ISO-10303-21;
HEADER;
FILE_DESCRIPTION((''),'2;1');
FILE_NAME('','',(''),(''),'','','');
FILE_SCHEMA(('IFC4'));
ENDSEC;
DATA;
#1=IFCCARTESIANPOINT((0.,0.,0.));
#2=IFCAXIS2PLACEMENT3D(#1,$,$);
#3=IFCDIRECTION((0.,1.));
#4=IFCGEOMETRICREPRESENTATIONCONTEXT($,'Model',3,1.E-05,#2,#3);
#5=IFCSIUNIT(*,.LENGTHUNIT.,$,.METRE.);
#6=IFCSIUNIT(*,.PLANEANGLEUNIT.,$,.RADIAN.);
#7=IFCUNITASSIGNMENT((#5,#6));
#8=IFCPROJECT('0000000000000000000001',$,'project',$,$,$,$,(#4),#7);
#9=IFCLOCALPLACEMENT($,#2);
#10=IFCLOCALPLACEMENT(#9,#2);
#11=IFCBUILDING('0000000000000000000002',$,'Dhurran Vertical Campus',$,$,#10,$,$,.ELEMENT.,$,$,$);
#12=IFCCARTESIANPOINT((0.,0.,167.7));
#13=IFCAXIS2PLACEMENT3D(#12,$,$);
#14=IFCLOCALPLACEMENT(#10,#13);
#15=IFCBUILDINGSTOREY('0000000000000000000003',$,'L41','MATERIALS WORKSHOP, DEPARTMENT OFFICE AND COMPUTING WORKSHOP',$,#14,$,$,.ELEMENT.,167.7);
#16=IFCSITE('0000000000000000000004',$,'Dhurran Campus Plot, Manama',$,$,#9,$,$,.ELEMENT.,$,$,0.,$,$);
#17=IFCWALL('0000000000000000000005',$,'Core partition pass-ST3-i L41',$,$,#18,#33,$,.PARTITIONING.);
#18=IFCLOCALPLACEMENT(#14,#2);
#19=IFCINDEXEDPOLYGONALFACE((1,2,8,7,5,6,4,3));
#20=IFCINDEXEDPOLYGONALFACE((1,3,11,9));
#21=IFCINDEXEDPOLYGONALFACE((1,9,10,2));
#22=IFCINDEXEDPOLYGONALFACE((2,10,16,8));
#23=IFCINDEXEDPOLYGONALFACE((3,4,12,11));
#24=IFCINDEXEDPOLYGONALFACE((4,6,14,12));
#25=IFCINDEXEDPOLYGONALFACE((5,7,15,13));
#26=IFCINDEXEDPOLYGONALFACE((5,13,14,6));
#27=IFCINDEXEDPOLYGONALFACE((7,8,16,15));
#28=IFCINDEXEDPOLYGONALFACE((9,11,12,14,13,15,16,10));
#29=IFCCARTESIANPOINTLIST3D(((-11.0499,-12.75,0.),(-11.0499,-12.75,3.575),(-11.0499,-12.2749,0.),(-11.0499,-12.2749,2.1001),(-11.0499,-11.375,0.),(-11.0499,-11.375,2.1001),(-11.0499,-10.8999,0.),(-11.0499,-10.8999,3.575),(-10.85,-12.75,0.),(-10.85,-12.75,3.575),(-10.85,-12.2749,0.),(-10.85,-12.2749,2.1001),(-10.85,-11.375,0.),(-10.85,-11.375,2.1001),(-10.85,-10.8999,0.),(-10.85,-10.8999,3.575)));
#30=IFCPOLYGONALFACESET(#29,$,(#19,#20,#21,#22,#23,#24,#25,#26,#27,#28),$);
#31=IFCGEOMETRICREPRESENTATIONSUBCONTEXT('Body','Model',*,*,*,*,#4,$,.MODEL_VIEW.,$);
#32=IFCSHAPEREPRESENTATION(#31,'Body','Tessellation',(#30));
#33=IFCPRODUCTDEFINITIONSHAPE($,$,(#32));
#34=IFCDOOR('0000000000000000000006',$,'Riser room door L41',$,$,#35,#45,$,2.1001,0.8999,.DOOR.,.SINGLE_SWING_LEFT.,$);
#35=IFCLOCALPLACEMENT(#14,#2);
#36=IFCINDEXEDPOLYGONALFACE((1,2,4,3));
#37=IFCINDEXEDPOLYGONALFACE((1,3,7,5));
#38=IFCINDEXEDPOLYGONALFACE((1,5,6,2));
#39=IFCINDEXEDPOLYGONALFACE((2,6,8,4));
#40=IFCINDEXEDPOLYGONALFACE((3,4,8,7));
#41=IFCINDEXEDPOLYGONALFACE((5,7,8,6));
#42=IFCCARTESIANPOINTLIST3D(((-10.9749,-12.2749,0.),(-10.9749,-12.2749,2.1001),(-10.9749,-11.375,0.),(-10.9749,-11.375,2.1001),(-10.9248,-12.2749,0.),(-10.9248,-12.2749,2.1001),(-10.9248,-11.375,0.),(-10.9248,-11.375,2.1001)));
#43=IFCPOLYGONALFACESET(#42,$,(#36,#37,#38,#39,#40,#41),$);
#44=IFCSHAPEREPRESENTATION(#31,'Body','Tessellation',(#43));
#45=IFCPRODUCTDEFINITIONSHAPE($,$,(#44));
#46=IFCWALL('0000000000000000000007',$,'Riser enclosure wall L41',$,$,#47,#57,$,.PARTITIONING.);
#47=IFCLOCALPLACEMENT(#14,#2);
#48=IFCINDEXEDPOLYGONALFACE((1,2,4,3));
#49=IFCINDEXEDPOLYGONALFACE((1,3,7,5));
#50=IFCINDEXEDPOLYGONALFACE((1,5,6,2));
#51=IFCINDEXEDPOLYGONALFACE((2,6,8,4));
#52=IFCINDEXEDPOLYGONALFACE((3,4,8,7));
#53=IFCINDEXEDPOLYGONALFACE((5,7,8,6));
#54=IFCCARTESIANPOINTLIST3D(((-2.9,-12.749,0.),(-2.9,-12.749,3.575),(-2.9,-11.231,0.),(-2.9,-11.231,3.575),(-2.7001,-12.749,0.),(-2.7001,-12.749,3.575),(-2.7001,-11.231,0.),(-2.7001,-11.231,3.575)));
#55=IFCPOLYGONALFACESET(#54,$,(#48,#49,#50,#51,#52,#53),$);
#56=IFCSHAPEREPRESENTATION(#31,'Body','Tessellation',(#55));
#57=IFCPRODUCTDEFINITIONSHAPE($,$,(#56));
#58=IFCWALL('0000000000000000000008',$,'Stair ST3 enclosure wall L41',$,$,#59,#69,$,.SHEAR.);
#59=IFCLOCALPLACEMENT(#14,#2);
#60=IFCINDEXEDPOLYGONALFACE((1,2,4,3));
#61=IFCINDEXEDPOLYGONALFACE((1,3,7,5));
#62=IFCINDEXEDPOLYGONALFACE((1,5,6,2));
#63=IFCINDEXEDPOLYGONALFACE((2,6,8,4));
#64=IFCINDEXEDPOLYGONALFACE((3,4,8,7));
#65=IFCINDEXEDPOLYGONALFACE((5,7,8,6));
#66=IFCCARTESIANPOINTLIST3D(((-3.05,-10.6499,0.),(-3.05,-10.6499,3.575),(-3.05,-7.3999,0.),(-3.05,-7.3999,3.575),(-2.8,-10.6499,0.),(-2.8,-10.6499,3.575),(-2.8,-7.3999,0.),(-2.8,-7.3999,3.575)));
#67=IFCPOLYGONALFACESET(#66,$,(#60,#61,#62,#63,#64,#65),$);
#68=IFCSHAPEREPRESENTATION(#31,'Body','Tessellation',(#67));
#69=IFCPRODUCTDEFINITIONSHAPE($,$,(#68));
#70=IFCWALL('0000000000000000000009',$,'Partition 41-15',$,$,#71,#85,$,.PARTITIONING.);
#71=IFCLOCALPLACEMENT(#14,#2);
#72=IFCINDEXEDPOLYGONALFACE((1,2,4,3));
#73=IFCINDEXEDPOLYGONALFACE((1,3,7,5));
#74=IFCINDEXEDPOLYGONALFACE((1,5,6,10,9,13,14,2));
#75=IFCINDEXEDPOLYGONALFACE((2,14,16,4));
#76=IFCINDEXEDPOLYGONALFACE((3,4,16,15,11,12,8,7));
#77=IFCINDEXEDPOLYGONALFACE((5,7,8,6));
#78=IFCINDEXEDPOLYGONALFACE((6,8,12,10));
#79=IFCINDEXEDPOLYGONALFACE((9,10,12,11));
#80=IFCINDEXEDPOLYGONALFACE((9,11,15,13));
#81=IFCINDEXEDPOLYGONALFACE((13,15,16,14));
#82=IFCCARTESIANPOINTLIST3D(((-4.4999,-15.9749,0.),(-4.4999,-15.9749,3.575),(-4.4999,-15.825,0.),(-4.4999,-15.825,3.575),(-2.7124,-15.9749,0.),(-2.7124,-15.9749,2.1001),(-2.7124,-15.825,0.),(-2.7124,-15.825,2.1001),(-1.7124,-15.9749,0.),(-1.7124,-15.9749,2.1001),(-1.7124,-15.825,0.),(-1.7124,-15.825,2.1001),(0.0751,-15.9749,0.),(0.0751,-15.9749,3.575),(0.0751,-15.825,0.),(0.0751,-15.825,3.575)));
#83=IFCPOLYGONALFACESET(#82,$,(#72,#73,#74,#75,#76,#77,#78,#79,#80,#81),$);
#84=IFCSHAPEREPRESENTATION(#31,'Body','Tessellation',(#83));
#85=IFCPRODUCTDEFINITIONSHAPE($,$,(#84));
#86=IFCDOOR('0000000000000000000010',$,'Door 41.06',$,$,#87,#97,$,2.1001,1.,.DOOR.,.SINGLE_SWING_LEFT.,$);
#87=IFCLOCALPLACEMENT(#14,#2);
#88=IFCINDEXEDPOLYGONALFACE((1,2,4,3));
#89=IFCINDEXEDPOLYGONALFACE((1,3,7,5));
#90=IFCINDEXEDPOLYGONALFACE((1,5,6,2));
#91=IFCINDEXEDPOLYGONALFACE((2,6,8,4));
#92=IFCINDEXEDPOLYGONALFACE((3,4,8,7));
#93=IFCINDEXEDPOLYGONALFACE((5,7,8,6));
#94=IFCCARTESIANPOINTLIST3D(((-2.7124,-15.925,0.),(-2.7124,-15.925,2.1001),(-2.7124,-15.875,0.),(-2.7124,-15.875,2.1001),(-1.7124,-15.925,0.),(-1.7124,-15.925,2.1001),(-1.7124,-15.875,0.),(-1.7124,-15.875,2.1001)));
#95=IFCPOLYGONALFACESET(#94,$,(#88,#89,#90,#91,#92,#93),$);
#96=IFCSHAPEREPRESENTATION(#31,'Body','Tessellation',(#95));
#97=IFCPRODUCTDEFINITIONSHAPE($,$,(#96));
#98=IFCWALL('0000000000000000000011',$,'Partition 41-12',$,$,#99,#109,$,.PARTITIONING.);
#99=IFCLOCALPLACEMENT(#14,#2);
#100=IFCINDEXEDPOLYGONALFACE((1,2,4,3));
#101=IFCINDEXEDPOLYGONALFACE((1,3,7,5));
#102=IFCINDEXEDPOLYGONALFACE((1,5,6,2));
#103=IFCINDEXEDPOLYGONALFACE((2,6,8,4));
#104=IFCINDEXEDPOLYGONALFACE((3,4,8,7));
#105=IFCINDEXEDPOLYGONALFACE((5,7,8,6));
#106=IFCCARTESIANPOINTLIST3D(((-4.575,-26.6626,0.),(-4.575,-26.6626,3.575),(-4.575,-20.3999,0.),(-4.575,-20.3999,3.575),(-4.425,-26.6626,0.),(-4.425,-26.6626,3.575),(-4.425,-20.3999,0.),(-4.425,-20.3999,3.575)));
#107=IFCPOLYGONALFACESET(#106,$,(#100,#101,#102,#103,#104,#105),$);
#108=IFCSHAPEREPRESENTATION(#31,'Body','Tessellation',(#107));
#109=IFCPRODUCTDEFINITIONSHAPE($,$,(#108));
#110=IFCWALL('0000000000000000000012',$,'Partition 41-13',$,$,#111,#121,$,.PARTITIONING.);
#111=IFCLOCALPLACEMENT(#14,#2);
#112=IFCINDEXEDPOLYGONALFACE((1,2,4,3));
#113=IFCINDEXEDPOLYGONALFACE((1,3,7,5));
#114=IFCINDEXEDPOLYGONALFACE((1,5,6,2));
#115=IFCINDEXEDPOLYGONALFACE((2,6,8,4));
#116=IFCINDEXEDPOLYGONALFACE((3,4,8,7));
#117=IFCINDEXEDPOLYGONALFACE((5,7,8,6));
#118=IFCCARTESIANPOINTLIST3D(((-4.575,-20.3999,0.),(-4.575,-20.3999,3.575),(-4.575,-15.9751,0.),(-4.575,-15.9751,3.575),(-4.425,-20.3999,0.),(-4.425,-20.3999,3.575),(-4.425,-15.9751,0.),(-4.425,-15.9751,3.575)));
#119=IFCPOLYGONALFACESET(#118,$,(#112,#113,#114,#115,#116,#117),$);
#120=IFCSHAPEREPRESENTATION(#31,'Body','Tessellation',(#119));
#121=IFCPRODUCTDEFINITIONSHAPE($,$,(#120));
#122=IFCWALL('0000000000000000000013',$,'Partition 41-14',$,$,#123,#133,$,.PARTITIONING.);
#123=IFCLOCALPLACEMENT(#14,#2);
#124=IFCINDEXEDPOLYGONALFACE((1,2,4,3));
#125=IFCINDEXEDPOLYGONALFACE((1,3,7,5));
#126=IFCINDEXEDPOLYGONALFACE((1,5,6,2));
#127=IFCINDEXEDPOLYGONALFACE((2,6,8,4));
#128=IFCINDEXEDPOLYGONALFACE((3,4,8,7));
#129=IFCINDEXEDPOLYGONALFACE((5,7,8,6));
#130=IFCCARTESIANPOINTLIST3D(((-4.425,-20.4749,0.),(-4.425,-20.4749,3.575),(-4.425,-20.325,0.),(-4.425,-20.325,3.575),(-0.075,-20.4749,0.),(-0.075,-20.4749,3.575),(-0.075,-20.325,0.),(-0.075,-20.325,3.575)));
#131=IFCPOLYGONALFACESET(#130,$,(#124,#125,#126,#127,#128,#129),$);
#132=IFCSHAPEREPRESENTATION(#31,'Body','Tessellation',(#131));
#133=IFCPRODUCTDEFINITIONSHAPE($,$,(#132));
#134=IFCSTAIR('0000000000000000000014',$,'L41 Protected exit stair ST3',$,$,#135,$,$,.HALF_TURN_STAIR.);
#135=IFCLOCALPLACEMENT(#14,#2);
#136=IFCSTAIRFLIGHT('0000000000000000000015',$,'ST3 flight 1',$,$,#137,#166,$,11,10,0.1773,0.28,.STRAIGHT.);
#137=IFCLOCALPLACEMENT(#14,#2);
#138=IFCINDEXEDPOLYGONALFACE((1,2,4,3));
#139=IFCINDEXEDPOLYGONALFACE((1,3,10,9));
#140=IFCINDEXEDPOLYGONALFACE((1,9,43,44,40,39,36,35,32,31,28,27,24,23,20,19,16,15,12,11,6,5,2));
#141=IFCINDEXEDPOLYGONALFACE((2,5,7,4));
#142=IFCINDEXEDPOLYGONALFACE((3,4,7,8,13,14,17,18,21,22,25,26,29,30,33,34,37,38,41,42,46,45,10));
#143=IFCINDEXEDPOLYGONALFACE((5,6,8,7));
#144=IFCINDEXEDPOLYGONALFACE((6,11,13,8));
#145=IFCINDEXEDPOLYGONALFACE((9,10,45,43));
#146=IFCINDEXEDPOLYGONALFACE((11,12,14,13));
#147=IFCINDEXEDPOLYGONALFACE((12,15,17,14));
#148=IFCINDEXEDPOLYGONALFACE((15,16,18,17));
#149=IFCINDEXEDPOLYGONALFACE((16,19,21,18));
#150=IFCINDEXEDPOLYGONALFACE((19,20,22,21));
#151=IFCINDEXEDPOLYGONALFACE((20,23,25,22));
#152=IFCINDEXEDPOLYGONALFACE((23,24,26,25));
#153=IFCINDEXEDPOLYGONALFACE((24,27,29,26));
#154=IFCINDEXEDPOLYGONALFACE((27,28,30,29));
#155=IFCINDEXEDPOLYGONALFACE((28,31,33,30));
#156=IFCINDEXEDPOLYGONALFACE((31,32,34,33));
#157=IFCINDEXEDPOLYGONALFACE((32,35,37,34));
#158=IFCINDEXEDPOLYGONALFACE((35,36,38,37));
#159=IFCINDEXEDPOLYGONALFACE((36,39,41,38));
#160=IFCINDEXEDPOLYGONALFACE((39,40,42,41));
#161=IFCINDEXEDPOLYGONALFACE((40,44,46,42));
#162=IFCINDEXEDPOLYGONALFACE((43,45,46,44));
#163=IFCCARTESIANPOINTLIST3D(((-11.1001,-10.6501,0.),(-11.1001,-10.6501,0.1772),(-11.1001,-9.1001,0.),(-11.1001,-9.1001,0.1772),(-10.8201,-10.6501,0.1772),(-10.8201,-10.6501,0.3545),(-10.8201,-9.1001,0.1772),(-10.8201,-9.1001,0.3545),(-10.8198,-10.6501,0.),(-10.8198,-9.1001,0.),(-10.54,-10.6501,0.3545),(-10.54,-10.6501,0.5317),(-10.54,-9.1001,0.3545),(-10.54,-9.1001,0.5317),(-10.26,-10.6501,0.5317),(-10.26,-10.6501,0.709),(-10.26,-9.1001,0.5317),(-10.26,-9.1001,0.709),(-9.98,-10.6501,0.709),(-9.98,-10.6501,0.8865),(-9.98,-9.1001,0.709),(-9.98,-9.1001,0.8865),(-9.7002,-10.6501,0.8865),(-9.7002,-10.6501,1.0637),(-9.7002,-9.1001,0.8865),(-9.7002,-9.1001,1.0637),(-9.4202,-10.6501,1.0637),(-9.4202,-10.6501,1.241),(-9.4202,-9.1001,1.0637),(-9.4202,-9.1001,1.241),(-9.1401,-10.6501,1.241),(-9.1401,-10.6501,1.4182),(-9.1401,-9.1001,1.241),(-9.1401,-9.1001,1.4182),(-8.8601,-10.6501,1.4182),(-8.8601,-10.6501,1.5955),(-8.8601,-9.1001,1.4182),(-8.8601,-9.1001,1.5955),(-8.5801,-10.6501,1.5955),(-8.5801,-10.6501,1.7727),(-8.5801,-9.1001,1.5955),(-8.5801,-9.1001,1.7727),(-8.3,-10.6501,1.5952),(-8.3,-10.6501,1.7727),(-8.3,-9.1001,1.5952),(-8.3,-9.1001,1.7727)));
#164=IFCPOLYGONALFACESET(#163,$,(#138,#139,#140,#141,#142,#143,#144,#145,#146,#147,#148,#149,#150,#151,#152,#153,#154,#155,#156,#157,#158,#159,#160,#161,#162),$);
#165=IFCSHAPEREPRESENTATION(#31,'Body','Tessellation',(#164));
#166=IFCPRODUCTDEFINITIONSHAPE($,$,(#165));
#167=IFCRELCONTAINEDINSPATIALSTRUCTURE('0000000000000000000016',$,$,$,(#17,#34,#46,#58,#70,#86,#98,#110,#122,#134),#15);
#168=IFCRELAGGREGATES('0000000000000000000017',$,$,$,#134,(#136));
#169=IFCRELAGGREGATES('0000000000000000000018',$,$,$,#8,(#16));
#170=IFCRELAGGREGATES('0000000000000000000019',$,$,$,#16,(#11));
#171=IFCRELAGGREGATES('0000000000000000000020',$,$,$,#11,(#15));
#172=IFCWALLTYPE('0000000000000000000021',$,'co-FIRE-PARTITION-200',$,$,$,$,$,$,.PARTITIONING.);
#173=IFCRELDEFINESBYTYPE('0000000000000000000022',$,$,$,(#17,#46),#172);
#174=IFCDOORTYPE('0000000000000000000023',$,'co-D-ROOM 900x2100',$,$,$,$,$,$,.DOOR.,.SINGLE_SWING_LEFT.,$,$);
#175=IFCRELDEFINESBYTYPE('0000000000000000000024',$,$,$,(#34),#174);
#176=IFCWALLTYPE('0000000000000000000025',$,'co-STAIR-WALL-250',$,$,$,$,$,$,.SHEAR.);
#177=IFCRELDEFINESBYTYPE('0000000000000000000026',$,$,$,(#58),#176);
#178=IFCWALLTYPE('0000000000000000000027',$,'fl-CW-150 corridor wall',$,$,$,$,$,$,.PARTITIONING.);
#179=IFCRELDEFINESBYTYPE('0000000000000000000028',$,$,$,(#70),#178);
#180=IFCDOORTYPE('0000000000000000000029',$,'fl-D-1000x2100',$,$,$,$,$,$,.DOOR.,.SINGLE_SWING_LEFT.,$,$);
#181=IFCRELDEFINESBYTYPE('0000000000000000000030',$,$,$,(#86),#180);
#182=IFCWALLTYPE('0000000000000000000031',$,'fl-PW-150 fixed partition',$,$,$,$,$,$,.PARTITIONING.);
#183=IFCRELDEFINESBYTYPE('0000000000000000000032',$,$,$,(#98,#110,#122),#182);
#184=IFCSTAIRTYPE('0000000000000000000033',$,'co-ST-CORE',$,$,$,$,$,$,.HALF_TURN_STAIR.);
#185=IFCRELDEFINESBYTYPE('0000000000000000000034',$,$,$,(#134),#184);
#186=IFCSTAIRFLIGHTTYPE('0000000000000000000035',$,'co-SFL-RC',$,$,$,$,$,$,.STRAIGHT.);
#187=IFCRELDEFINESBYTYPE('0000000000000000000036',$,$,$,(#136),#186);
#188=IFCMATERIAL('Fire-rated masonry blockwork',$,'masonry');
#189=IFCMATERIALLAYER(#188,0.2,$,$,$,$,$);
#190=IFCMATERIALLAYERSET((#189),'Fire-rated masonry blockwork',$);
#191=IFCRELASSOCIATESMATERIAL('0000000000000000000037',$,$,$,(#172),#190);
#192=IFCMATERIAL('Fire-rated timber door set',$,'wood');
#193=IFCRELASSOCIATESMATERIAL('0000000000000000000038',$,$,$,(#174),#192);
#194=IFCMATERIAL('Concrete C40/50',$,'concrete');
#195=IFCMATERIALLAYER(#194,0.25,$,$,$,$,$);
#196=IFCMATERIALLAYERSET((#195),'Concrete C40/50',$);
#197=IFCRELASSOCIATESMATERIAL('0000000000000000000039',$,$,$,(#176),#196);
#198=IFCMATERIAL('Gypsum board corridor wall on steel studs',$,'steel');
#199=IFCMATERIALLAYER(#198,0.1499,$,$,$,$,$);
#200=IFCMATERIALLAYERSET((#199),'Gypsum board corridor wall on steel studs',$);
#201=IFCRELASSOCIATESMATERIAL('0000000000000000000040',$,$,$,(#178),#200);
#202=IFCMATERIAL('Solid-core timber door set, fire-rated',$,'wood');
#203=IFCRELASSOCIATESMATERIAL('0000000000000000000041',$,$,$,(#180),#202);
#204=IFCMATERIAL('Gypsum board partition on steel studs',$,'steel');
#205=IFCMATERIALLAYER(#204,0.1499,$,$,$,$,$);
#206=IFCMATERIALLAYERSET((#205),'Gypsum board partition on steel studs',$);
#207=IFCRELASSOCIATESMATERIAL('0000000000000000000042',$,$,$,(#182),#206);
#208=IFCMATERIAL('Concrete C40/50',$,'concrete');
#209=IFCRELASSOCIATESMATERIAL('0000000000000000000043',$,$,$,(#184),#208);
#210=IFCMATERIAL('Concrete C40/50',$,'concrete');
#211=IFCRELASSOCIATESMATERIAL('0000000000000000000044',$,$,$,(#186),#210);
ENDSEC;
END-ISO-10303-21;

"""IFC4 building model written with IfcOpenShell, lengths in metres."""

from ifc_helpers import new_model, si_unit, direction, frame, frame_2d, origin, place, context, subcontext, project, spatial, polyline, rectangle, outline, extrude, material, layer, layer_set, type_object, element, fill, aggregate, save


model = new_model("IFC4")

# Units and contexts
model_context = context("Model", 3, precision=1e-05, world=origin(), true_north=direction((0.0, 1.0)))
body_context = subcontext(model_context, "Body", "Model", "MODEL_VIEW")
ifc_project = project(units=[si_unit("LENGTHUNIT", "METRE"), si_unit("PLANEANGLEUNIT", "RADIAN")], contexts=[model_context])

# Site, building, storey
site_placement = place(None, origin())
site = spatial("IfcSite", under=ifc_project, at=site_placement, Name="Dhurran Campus Plot, Manama", CompositionType="ELEMENT", RefElevation=0.0)
building_placement = place(site_placement, origin())
building = spatial("IfcBuilding", under=site, at=building_placement, Name="Dhurran Vertical Campus", CompositionType="ELEMENT")
storey_placement = place(building_placement, frame((0.0, 0.0, 167.7)))
storey = spatial("IfcBuildingStorey", under=building, at=storey_placement, Name="L41", Description="MATERIALS WORKSHOP, DEPARTMENT OFFICE AND COMPUTING WORKSHOP", CompositionType="ELEMENT", Elevation=167.7)

# Shared definitions
ifc_material_1 = material(Name="Fire-rated masonry blockwork", Category="masonry")
ifc_layer_1 = layer(ifc_material_1, 0.2)
ifc_layer_set_1 = layer_set([ifc_layer_1], Name="Fire-rated masonry blockwork")
wall_type_1 = type_object("IfcWallType", Name="co-FIRE-PARTITION-200", PredefinedType="PARTITIONING", material=ifc_layer_set_1)

# Shared definitions
ifc_material_2 = material(Name="Fire-rated timber door set", Category="wood")
door_type_1 = type_object("IfcDoorType", Name="co-D-ROOM 900x2100", OperationType="SINGLE_SWING_LEFT", PredefinedType="DOOR", material=ifc_material_2)

# Wall, opening, door
wall_1_placement = place(storey_placement, frame((-10.95, -12.75, 0.0), z_axis=(0.0, 0.0, 1.0), x_axis=(0.0, 1.0, 0.0)))
wall_1 = element("IfcWall", 1, at=wall_1_placement, inside=storey, type_object=wall_type_1, Name="Core partition pass-ST3-i L41", PredefinedType="PARTITIONING", context=body_context, shape_type="SweptSolid", body=[
    extrude(rectangle(XDim=1.8501, YDim=0.2, at=frame_2d((0.925, 0.0))), origin(), (0.0, 0.0, 1.0), 3.575),
])
opening_1_placement = place(wall_1_placement, frame((0.4751, 0.0, 0.0)))
opening_1 = element("IfcOpeningElement", 2, at=opening_1_placement, cuts=wall_1, PredefinedType="OPENING", context=body_context, shape_type="SweptSolid", body=[
    extrude(rectangle(XDim=0.8999, YDim=2.1001, at=frame_2d((0.45, 1.05))), frame((0.0, 0.1099, 0.0), z_axis=(0.0, -1.0, 0.0), x_axis=(1.0, 0.0, 0.0)), (0.0, 0.0, 1.0), 0.22),
])
door_1_placement = place(opening_1_placement, origin())
door_1 = element("IfcDoor", 3, at=door_1_placement, inside=storey, type_object=door_type_1, Name="Riser room door L41", OperationType="SINGLE_SWING_LEFT", OverallHeight=2.1001, OverallWidth=0.8999, PredefinedType="DOOR", context=body_context, shape_type="SweptSolid", body=[
    extrude(rectangle(XDim=0.8999, YDim=2.1001, at=frame_2d((0.45, 1.05))), frame((0.0, 0.0249, 0.0), z_axis=(0.0, -1.0, 0.0), x_axis=(1.0, 0.0, 0.0)), (0.0, 0.0, 1.0), 0.05),
])
fill(opening_1, door_1)

# Walls
wall_2_placement = place(storey_placement, frame((-2.8, -12.749, 0.0), z_axis=(0.0, 0.0, 1.0), x_axis=(0.0, 1.0, 0.0)))
element("IfcWall", 4, at=wall_2_placement, inside=storey, type_object=wall_type_1, Name="Riser enclosure wall L41", PredefinedType="PARTITIONING", context=body_context, shape_type="SweptSolid", body=[
    extrude(rectangle(XDim=1.5181, YDim=0.2, at=frame_2d((0.759, 0.0))), origin(), (0.0, 0.0, 1.0), 3.575),
])
ifc_material_3 = material(Name="Concrete C40/50", Category="concrete")
ifc_layer_2 = layer(ifc_material_3, 0.25)
ifc_layer_set_2 = layer_set([ifc_layer_2], Name="Concrete C40/50")
wall_type_2 = type_object("IfcWallType", Name="co-STAIR-WALL-250", PredefinedType="SHEAR", material=ifc_layer_set_2)
wall_3_placement = place(storey_placement, frame((-2.925, -10.6499, 0.0), z_axis=(0.0, 0.0, 1.0), x_axis=(0.0, 1.0, 0.0)))
element("IfcWall", 5, at=wall_3_placement, inside=storey, type_object=wall_type_2, Name="Stair ST3 enclosure wall L41", PredefinedType="SHEAR", context=body_context, shape_type="SweptSolid", body=[
    extrude(rectangle(XDim=3.25, YDim=0.25, at=frame_2d((1.625, 0.0))), origin(), (0.0, 0.0, 1.0), 3.575),
])

# Wall, opening, door
ifc_material_4 = material(Name="Gypsum board corridor wall on steel studs", Category="steel")
ifc_layer_3 = layer(ifc_material_4, 0.1499)
ifc_layer_set_3 = layer_set([ifc_layer_3], Name="Gypsum board corridor wall on steel studs")
wall_type_3 = type_object("IfcWallType", Name="fl-CW-150 corridor wall", PredefinedType="PARTITIONING", material=ifc_layer_set_3)
wall_4_placement = place(storey_placement, frame((-4.5, -15.8999, 0.0), z_axis=(0.0, 0.0, 1.0), x_axis=(1.0, 0.0, 0.0)))
wall_4 = element("IfcWall", 6, at=wall_4_placement, inside=storey, type_object=wall_type_3, Name="Partition 41-15", PredefinedType="PARTITIONING", context=body_context, shape_type="SweptSolid", body=[
    extrude(rectangle(XDim=4.575, YDim=0.1499, at=frame_2d((2.2876, 0.0))), origin(), (0.0, 0.0, 1.0), 3.575),
])
opening_2_placement = place(wall_4_placement, frame((1.7876, 0.0, 0.0)))
opening_2 = element("IfcOpeningElement", 7, at=opening_2_placement, cuts=wall_4, PredefinedType="OPENING", context=body_context, shape_type="SweptSolid", body=[
    extrude(rectangle(XDim=1.0, YDim=2.1001, at=frame_2d((0.5, 1.05))), frame((0.0, 0.085, 0.0), z_axis=(0.0, -1.0, 0.0), x_axis=(1.0, 0.0, 0.0)), (0.0, 0.0, 1.0), 0.1699),
])
ifc_material_5 = material(Name="Solid-core timber door set, fire-rated", Category="wood")
door_type_2 = type_object("IfcDoorType", Name="fl-D-1000x2100", OperationType="SINGLE_SWING_LEFT", PredefinedType="DOOR", material=ifc_material_5)
door_2_placement = place(opening_2_placement, origin())
door_2 = element("IfcDoor", 8, at=door_2_placement, inside=storey, type_object=door_type_2, Name="Door 41.06", OperationType="SINGLE_SWING_LEFT", OverallHeight=2.1001, OverallWidth=1.0, PredefinedType="DOOR", context=body_context, shape_type="SweptSolid", body=[
    extrude(rectangle(XDim=1.0, YDim=2.1001, at=frame_2d((0.5, 1.05))), frame((0.0, 0.0249, 0.0), z_axis=(0.0, -1.0, 0.0), x_axis=(1.0, 0.0, 0.0)), (0.0, 0.0, 1.0), 0.05),
])
fill(opening_2, door_2)

# Walls
ifc_material_6 = material(Name="Gypsum board partition on steel studs", Category="steel")
ifc_layer_4 = layer(ifc_material_6, 0.1499)
ifc_layer_set_4 = layer_set([ifc_layer_4], Name="Gypsum board partition on steel studs")
wall_type_4 = type_object("IfcWallType", Name="fl-PW-150 fixed partition", PredefinedType="PARTITIONING", material=ifc_layer_set_4)
wall_5_placement = place(storey_placement, frame((-4.5, -20.3999, 0.0), z_axis=(0.0, 0.0, 1.0), x_axis=(0.0, -1.0, 0.0)))
element("IfcWall", 9, at=wall_5_placement, inside=storey, type_object=wall_type_4, Name="Partition 41-12", PredefinedType="PARTITIONING", context=body_context, shape_type="SweptSolid", body=[
    extrude(rectangle(XDim=6.2627, YDim=0.1499, at=frame_2d((3.1313, 0.0))), origin(), (0.0, 0.0, 1.0), 3.575),
])
wall_6_placement = place(storey_placement, frame((-4.5, -15.9751, 0.0), z_axis=(0.0, 0.0, 1.0), x_axis=(0.0, -1.0, 0.0)))
element("IfcWall", 10, at=wall_6_placement, inside=storey, type_object=wall_type_4, Name="Partition 41-13", PredefinedType="PARTITIONING", context=body_context, shape_type="SweptSolid", body=[
    extrude(rectangle(XDim=4.4248, YDim=0.1499, at=frame_2d((2.2124, 0.0))), origin(), (0.0, 0.0, 1.0), 3.575),
])
wall_7_placement = place(storey_placement, frame((-4.425, -20.3999, 0.0), z_axis=(0.0, 0.0, 1.0), x_axis=(1.0, 0.0, 0.0)))
element("IfcWall", 11, at=wall_7_placement, inside=storey, type_object=wall_type_4, Name="Partition 41-14", PredefinedType="PARTITIONING", context=body_context, shape_type="SweptSolid", body=[
    extrude(rectangle(XDim=4.3501, YDim=0.1499, at=frame_2d((2.175, 0.0))), origin(), (0.0, 0.0, 1.0), 3.575),
])

# Stair, stair flight
ifc_material_7 = material(Name="Concrete C40/50", Category="concrete")
stair_type = type_object("IfcStairType", Name="co-ST-CORE", PredefinedType="HALF_TURN_STAIR", material=ifc_material_7)
stair_placement = place(storey_placement, origin())
stair = element("IfcStair", 12, at=stair_placement, inside=storey, type_object=stair_type, Name="L41 Protected exit stair ST3", PredefinedType="HALF_TURN_STAIR")
ifc_material_8 = material(Name="Concrete C40/50", Category="concrete")
stair_flight_type = type_object("IfcStairFlightType", Name="co-SFL-RC", PredefinedType="STRAIGHT", material=ifc_material_8)
stair_flight_placement = place(storey_placement, frame((-11.1001, -9.875, 0.0), z_axis=(0.0, 0.0, 1.0), x_axis=(1.0, 0.0, 0.0)))
stair_flight = element("IfcStairFlight", 13, at=stair_flight_placement, type_object=stair_flight_type, Name="ST3 flight 1", NumberOfRisers=11, NumberOfTreads=10, PredefinedType="STRAIGHT", RiserHeight=0.1773, TreadLength=0.28, context=body_context, shape_type="SweptSolid", body=[
    extrude(outline(polyline([(0.0, 0.0), (0.0, 0.1772), (0.28, 0.1772), (0.28, 0.3545), (0.5601, 0.3545), (0.5601, 0.5317), (0.8401, 0.5317), (0.8401, 0.709), (1.1201, 0.709), (1.1201, 0.8865), (1.3999, 0.8865), (1.3999, 1.0637), (1.6799, 1.0637), (1.6799, 1.241), (1.96, 1.241), (1.96, 1.4182), (2.24, 1.4182), (2.24, 1.5955), (2.52, 1.5955), (2.52, 1.7727), (2.8, 1.7727), (2.8, 1.95), (2.8, 1.5952), (0.2803, 0.0), (0.0, 0.0)])), frame((0.0, 0.7749, 0.0), z_axis=(0.0, -1.0, 0.0), x_axis=(1.0, 0.0, 0.0)), (0.0, 0.0, 1.0), 1.55),
])
aggregate(stair, [stair_flight])

save(model, "model.ifc")
